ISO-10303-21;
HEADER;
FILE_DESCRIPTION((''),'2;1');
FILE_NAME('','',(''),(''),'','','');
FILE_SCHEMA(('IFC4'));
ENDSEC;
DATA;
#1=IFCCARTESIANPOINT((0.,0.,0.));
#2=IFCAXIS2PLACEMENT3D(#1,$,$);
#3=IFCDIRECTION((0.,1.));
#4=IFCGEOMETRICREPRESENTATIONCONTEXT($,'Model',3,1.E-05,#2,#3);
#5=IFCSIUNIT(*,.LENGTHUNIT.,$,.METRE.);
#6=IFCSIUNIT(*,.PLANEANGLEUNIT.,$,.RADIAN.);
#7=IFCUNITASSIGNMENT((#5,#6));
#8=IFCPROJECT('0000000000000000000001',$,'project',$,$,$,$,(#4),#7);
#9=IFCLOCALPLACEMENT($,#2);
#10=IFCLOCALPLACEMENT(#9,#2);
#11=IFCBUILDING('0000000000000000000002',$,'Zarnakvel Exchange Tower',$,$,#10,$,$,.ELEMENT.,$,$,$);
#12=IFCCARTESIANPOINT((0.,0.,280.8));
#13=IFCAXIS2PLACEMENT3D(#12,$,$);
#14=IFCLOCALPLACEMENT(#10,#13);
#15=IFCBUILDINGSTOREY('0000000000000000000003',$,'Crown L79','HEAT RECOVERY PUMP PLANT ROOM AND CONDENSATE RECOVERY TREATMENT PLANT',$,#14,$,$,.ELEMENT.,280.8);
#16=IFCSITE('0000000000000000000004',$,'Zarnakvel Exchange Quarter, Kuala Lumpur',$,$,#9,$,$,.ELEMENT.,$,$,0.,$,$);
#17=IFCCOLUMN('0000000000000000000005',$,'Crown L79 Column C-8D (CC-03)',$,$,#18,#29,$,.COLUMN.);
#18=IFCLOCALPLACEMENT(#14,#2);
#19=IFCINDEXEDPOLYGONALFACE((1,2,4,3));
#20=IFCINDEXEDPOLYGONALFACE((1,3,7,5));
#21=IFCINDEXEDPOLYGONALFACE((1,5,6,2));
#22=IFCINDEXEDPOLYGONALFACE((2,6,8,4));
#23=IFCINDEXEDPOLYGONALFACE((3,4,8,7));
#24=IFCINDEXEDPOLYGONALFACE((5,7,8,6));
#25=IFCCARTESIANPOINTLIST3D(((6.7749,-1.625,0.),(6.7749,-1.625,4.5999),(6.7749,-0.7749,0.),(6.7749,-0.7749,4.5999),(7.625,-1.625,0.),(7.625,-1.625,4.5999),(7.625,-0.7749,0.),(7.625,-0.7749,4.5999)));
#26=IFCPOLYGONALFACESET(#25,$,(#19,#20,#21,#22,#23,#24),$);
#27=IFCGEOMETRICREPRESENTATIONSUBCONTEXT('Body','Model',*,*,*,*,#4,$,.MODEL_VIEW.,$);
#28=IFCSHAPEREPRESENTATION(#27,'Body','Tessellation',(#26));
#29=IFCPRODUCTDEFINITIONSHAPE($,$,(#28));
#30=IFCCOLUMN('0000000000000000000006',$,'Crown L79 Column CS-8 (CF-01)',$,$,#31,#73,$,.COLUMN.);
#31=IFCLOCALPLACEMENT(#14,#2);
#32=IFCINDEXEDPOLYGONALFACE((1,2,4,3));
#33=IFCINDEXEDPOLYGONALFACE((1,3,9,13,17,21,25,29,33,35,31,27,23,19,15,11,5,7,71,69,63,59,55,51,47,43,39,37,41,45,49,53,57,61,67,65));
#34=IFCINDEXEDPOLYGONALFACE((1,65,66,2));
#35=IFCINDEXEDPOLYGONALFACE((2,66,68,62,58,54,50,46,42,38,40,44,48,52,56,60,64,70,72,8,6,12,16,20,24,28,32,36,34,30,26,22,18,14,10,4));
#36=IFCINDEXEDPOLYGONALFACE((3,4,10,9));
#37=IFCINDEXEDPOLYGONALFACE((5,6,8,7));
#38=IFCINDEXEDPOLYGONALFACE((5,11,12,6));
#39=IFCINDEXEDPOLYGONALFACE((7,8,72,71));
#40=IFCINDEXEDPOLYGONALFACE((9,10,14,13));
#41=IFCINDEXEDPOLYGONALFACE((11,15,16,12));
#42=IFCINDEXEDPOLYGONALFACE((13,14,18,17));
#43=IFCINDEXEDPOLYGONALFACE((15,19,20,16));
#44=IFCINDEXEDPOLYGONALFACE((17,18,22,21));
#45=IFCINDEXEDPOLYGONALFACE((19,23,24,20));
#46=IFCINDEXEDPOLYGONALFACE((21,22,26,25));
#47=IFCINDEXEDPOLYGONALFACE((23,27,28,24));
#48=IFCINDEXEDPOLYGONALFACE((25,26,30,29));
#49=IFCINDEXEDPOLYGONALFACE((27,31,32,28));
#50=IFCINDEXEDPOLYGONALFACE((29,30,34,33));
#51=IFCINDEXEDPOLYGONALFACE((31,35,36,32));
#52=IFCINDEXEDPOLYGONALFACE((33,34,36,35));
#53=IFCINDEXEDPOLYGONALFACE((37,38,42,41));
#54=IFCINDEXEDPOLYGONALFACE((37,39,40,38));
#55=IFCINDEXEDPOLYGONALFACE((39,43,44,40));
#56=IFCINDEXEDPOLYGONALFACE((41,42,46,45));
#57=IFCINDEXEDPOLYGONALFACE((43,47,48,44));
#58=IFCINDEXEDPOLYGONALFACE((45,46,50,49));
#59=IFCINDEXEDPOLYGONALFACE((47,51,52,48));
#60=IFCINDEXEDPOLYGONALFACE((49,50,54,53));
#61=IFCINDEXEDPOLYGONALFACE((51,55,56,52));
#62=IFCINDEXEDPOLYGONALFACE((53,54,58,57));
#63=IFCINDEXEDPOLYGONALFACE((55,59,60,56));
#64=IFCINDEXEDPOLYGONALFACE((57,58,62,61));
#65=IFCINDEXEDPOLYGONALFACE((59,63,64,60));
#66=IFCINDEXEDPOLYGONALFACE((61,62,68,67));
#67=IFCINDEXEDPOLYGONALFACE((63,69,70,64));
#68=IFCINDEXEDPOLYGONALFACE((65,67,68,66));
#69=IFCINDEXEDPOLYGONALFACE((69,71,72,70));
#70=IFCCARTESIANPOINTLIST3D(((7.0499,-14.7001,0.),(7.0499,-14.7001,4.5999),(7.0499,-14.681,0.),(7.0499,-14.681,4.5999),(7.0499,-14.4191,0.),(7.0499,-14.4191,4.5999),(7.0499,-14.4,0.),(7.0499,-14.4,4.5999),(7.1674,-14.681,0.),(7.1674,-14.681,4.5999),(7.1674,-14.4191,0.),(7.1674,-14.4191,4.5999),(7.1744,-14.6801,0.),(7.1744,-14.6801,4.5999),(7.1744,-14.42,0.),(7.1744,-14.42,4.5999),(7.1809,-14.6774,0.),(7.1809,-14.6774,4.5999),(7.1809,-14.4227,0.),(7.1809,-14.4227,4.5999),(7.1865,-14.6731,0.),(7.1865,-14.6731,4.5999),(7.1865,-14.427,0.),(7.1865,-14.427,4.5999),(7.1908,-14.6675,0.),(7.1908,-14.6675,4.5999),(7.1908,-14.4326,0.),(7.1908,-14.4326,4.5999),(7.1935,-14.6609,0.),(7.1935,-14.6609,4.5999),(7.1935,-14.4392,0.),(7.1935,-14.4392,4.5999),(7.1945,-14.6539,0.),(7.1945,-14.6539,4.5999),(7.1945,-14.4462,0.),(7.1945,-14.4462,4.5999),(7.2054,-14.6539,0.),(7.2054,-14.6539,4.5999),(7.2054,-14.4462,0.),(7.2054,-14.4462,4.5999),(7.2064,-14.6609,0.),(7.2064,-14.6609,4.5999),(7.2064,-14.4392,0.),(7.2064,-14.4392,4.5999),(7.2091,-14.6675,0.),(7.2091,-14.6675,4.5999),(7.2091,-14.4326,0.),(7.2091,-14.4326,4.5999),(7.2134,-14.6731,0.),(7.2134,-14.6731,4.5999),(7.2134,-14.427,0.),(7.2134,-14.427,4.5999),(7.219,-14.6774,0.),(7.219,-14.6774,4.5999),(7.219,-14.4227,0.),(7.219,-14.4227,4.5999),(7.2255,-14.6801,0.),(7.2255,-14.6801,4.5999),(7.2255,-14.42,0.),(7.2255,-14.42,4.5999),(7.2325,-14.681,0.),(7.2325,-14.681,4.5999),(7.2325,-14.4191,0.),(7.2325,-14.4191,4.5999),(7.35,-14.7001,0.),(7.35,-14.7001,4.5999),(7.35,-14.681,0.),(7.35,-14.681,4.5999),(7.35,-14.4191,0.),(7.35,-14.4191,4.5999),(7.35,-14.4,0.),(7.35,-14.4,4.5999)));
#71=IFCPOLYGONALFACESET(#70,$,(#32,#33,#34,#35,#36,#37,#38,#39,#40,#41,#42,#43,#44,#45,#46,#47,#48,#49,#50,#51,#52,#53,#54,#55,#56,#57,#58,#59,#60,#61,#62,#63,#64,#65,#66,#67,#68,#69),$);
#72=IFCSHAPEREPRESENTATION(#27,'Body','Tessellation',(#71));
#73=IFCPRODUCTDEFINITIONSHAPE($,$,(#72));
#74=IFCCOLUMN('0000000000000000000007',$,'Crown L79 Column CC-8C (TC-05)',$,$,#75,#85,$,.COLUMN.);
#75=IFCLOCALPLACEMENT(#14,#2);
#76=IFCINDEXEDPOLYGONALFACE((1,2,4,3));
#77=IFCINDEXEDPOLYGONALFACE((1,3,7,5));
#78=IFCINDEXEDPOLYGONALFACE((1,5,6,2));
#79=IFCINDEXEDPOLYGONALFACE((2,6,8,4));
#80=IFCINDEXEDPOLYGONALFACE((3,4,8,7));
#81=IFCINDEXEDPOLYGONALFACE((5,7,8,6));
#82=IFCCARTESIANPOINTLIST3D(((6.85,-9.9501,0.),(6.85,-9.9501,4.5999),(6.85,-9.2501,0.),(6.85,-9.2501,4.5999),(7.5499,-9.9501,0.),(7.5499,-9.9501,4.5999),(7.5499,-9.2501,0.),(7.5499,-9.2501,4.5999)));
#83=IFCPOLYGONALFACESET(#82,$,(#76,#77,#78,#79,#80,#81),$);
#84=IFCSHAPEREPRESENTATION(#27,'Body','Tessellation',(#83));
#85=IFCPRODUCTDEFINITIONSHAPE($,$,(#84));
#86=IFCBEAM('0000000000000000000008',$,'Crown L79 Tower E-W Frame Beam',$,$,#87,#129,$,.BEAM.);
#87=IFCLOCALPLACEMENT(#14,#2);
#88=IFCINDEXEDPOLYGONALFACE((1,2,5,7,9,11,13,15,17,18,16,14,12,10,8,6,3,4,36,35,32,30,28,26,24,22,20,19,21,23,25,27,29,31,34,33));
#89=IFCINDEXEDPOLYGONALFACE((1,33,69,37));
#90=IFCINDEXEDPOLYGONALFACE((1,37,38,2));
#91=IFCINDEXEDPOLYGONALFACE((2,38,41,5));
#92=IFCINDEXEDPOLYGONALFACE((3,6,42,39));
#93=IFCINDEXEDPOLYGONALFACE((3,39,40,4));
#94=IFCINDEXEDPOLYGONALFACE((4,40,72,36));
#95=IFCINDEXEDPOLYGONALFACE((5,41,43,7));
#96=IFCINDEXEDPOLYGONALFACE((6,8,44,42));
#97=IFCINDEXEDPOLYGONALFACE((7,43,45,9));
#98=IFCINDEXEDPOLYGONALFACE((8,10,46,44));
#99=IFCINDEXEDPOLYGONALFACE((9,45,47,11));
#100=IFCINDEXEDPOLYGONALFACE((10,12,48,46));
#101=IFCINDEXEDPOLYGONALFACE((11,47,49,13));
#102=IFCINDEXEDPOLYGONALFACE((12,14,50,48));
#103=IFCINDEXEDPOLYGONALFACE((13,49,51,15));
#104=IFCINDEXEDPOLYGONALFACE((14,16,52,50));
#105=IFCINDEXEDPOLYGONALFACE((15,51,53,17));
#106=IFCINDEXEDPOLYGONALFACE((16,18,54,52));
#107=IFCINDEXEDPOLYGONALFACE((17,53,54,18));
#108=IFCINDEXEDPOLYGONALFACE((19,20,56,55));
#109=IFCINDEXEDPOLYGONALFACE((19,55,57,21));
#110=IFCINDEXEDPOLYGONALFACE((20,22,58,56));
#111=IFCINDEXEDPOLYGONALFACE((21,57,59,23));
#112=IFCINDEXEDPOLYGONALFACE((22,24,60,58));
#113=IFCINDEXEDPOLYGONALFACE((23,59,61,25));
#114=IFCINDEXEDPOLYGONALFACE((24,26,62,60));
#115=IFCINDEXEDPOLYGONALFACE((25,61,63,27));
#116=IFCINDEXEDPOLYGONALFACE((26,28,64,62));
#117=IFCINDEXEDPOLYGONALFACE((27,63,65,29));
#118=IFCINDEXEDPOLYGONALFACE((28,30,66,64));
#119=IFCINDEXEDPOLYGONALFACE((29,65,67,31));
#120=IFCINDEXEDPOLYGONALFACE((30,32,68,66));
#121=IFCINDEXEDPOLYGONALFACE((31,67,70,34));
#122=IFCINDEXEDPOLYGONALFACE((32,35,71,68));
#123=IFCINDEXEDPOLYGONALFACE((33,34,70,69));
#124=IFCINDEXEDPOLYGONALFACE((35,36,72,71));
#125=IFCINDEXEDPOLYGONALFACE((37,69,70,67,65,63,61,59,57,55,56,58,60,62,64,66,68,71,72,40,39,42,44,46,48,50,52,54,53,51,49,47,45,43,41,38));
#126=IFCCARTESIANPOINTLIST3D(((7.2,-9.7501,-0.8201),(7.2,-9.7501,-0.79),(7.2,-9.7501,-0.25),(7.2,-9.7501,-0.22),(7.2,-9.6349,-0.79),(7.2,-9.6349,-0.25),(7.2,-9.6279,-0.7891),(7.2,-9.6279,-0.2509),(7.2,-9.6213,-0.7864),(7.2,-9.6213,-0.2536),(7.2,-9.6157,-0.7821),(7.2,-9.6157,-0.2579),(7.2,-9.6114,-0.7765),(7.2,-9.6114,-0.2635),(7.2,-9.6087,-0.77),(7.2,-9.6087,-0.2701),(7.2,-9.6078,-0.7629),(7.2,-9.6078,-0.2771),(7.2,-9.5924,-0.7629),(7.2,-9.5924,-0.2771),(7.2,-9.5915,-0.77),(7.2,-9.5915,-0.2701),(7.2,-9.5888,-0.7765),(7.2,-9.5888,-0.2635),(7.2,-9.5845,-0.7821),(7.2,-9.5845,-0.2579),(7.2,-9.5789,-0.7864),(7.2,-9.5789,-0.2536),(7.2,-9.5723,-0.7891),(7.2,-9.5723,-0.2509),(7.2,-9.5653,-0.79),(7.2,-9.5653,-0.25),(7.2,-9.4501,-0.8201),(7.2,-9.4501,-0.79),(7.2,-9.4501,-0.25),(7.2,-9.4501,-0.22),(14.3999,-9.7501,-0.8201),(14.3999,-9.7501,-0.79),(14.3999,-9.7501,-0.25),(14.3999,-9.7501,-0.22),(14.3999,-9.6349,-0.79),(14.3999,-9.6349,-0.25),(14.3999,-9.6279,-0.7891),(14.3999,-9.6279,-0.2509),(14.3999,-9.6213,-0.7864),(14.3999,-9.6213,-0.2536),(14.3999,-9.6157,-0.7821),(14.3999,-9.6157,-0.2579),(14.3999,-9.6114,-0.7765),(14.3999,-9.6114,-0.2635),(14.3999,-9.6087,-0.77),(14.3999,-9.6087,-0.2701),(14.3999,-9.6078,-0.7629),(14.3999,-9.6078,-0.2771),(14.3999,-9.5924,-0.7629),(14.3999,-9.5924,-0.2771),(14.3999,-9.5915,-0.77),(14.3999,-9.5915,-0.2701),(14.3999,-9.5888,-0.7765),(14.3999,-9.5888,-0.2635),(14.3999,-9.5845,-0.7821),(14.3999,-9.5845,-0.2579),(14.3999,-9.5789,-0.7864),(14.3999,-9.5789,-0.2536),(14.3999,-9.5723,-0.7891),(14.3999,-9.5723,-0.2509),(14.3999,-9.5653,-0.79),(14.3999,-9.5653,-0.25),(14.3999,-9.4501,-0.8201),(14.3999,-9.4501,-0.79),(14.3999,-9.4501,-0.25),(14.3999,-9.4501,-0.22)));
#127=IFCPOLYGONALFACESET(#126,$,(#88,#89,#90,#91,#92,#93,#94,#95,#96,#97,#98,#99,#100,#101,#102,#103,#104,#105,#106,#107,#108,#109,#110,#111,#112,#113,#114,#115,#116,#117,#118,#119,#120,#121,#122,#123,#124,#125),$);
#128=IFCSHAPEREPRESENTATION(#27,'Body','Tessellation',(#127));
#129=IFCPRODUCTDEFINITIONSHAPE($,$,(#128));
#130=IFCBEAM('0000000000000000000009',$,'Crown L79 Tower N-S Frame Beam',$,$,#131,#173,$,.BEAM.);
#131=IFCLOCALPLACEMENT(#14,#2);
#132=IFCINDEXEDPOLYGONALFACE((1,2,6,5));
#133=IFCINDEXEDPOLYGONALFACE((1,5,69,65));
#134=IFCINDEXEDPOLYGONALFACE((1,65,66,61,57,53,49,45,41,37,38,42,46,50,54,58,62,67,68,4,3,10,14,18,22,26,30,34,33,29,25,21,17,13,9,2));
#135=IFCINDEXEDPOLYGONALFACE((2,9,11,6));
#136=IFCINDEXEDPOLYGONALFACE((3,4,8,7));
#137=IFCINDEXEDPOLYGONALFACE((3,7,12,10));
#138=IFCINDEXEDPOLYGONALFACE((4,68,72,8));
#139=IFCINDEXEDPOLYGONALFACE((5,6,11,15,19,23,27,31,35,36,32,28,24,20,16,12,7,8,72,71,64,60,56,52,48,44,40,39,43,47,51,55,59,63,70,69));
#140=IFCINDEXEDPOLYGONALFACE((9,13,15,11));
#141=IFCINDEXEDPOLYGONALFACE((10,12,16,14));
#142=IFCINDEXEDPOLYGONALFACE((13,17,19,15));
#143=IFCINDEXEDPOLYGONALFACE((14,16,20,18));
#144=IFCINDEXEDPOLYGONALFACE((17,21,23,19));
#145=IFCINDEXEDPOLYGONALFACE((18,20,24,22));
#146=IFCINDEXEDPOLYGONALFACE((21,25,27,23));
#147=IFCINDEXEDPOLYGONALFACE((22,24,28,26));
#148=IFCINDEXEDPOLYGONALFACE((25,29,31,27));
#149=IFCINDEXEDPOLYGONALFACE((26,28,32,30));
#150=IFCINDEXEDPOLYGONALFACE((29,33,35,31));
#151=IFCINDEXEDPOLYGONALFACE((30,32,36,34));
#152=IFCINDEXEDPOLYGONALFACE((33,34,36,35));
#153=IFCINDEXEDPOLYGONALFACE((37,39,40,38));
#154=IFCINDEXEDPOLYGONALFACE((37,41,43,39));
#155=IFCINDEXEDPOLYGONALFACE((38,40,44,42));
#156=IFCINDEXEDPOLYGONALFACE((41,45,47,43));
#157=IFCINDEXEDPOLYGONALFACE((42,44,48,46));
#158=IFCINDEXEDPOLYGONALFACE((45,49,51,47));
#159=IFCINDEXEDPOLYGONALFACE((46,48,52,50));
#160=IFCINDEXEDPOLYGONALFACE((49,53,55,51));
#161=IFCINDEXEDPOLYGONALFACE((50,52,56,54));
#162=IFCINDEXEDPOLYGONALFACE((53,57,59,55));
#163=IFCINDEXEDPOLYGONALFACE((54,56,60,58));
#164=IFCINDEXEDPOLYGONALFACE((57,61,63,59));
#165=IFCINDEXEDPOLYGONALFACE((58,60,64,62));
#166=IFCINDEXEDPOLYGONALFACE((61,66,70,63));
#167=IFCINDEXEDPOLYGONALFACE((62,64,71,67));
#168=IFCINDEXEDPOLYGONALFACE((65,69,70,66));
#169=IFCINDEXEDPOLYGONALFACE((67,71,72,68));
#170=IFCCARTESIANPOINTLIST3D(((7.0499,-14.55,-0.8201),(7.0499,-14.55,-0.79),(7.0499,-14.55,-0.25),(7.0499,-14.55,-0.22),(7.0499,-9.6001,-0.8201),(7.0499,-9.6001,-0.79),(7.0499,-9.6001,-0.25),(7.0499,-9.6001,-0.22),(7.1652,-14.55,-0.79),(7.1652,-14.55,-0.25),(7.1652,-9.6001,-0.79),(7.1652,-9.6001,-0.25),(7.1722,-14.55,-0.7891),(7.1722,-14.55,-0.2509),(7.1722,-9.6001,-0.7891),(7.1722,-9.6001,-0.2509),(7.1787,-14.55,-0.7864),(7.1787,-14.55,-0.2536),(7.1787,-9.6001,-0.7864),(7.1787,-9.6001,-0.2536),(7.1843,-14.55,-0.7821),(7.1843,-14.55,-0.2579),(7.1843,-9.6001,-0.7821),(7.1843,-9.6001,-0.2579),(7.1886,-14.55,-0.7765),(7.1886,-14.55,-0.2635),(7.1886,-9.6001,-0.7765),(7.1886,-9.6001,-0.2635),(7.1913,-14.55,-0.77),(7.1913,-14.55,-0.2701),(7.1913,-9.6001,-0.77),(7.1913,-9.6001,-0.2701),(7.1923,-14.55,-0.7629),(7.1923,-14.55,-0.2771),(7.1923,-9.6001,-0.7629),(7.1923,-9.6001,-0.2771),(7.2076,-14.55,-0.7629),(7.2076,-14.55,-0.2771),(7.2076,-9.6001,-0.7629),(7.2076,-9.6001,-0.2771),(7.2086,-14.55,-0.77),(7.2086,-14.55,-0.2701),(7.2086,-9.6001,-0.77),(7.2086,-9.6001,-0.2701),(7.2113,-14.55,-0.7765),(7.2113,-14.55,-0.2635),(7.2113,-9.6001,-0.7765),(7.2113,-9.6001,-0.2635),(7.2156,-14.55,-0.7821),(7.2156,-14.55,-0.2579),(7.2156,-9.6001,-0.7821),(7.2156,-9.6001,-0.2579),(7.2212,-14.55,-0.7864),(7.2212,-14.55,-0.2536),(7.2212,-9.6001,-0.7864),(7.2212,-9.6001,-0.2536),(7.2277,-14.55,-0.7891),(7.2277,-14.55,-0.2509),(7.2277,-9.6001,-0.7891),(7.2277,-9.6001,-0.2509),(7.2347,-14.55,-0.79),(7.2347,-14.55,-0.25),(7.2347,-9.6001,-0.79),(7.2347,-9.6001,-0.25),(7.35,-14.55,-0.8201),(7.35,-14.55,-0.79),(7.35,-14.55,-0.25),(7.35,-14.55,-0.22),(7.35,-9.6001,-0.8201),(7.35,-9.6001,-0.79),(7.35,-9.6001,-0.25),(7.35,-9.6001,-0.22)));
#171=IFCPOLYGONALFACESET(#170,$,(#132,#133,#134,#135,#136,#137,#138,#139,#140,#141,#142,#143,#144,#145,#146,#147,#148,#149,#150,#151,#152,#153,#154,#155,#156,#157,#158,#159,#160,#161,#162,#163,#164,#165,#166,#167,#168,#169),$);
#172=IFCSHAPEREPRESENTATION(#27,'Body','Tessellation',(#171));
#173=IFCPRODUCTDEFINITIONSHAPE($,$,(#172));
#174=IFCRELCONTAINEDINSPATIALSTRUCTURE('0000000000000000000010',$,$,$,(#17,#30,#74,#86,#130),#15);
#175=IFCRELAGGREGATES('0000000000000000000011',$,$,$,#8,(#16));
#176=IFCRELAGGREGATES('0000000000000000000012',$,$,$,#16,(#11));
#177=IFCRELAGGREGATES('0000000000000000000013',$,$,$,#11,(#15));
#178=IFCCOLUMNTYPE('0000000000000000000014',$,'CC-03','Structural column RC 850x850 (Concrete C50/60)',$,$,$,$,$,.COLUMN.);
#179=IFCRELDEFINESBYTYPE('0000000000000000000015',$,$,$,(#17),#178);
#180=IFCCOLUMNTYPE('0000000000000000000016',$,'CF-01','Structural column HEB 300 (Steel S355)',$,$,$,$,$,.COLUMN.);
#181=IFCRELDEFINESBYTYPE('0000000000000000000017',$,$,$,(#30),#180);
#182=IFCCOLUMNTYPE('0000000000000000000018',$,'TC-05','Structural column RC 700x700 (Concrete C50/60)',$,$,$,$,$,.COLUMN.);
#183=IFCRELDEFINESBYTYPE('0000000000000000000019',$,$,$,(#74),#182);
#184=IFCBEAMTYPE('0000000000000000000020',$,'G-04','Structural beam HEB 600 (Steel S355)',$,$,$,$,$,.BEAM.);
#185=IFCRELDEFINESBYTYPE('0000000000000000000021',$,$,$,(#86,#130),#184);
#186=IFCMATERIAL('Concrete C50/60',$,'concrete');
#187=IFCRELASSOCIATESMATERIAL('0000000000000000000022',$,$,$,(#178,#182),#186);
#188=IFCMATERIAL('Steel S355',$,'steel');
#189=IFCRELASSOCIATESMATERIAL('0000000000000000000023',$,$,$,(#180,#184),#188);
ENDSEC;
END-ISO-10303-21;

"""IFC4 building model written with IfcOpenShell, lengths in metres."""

from ifc_helpers import new_model, si_unit, direction, frame, origin, origin_2d, place, context, subcontext, project, spatial, rectangle, i_section, extrude, material, material_profile, profile_set, type_object, element, save


model = new_model("IFC4")

# Units and contexts
model_context = context("Model", 3, precision=1e-05, world=origin(), true_north=direction((0.0, 1.0)))
body_context = subcontext(model_context, "Body", "Model", "MODEL_VIEW")
ifc_project = project(units=[si_unit("LENGTHUNIT", "METRE"), si_unit("PLANEANGLEUNIT", "RADIAN")], contexts=[model_context])

# Site, building, storey
site_placement = place(None, origin())
site = spatial("IfcSite", under=ifc_project, at=site_placement, Name="Zarnakvel Exchange Quarter, Kuala Lumpur", CompositionType="ELEMENT", RefElevation=0.0)
building_placement = place(site_placement, origin())
building = spatial("IfcBuilding", under=site, at=building_placement, Name="Zarnakvel Exchange Tower", CompositionType="ELEMENT")
storey_placement = place(building_placement, frame((0.0, 0.0, 280.8)))
storey = spatial("IfcBuildingStorey", under=building, at=storey_placement, Name="Crown L79", Description="HEAT RECOVERY PUMP PLANT ROOM AND CONDENSATE RECOVERY TREATMENT PLANT", CompositionType="ELEMENT", Elevation=280.8)

# Columns
ifc_material_1 = material(Name="Concrete C50/60", Category="concrete")
ifc_material_profile_1 = material_profile(ifc_material_1, rectangle(XDim=0.8501, YDim=0.8501, at=origin_2d()))
ifc_profile_set_1 = profile_set([ifc_material_profile_1], Name="Concrete C50/60")
column_type_1 = type_object("IfcColumnType", Name="CC-03", Description="Structural column RC 850x850 (Concrete C50/60)", PredefinedType="COLUMN", material=ifc_profile_set_1)
column_1_placement = place(storey_placement, frame((7.2, -1.2, 0.0), z_axis=(0.0, 0.0, 1.0), x_axis=(1.0, 0.0, 0.0)))
element("IfcColumn", 1, at=column_1_placement, inside=storey, type_object=column_type_1, Name="Crown L79 Column C-8D (CC-03)", PredefinedType="COLUMN", context=body_context, shape_type="SweptSolid", body=[
    extrude(rectangle(XDim=0.8501, YDim=0.8501, at=origin_2d()), origin(), (0.0, 0.0, 1.0), 4.5999),
])
ifc_material_2 = material(Name="Steel S355", Category="steel")
ifc_material_profile_2 = material_profile(ifc_material_2, i_section(OverallWidth=0.3, OverallDepth=0.3, WebThickness=0.011, FlangeThickness=0.019, FilletRadius=0.0271, at=origin_2d()))
ifc_profile_set_2 = profile_set([ifc_material_profile_2], Name="Steel S355")
column_type_2 = type_object("IfcColumnType", Name="CF-01", Description="Structural column HEB 300 (Steel S355)", PredefinedType="COLUMN", material=ifc_profile_set_2)
column_2_placement = place(storey_placement, frame((7.2, -14.55, 0.0), z_axis=(0.0, 0.0, 1.0), x_axis=(1.0, 0.0, 0.0)))
element("IfcColumn", 2, at=column_2_placement, inside=storey, type_object=column_type_2, Name="Crown L79 Column CS-8 (CF-01)", PredefinedType="COLUMN", context=body_context, shape_type="SweptSolid", body=[
    extrude(i_section(OverallWidth=0.3, OverallDepth=0.3, WebThickness=0.011, FlangeThickness=0.019, FilletRadius=0.0271, at=origin_2d()), origin(), (0.0, 0.0, 1.0), 4.5999),
])
ifc_material_profile_3 = material_profile(ifc_material_1, rectangle(XDim=0.7, YDim=0.7, at=origin_2d()))
ifc_profile_set_3 = profile_set([ifc_material_profile_3], Name="Concrete C50/60")
column_type_3 = type_object("IfcColumnType", Name="TC-05", Description="Structural column RC 700x700 (Concrete C50/60)", PredefinedType="COLUMN", material=ifc_profile_set_3)
column_3_placement = place(storey_placement, frame((7.2, -9.6001, 0.0), z_axis=(0.0, 0.0, 1.0), x_axis=(1.0, 0.0, 0.0)))
element("IfcColumn", 3, at=column_3_placement, inside=storey, type_object=column_type_3, Name="Crown L79 Column CC-8C (TC-05)", PredefinedType="COLUMN", context=body_context, shape_type="SweptSolid", body=[
    extrude(rectangle(XDim=0.7, YDim=0.7, at=origin_2d()), origin(), (0.0, 0.0, 1.0), 4.5999),
])

# Beams
ifc_material_profile_4 = material_profile(ifc_material_2, i_section(OverallWidth=0.3, OverallDepth=0.6001, WebThickness=0.0154, FlangeThickness=0.03, FilletRadius=0.0271, at=origin_2d()))
ifc_profile_set_4 = profile_set([ifc_material_profile_4], Name="Steel S355")
beam_type_1 = type_object("IfcBeamType", Name="G-04", Description="Structural beam HEB 600 (Steel S355)", PredefinedType="BEAM", material=ifc_profile_set_4)
beam_1_placement = place(storey_placement, frame((7.2, -9.6001, -0.52), z_axis=(1.0, 0.0, 0.0), x_axis=(0.0, 1.0, 0.0)))
element("IfcBeam", 4, at=beam_1_placement, inside=storey, type_object=beam_type_1, Name="Crown L79 Tower E-W Frame Beam", PredefinedType="BEAM", context=body_context, shape_type="SweptSolid", body=[
    extrude(i_section(OverallWidth=0.3, OverallDepth=0.6001, WebThickness=0.0154, FlangeThickness=0.03, FilletRadius=0.0271, at=origin_2d()), origin(), (0.0, 0.0, 1.0), 7.2),
])
beam_2_placement = place(storey_placement, frame((7.2, -14.55, -0.52), z_axis=(0.0, 1.0, 0.0), x_axis=(-1.0, 0.0, 0.0)))
element("IfcBeam", 5, at=beam_2_placement, inside=storey, type_object=beam_type_1, Name="Crown L79 Tower N-S Frame Beam", PredefinedType="BEAM", context=body_context, shape_type="SweptSolid", body=[
    extrude(i_section(OverallWidth=0.3, OverallDepth=0.6001, WebThickness=0.0154, FlangeThickness=0.03, FilletRadius=0.0271, at=origin_2d()), origin(), (0.0, 0.0, 1.0), 4.95),
])

save(model, "model.ifc")
